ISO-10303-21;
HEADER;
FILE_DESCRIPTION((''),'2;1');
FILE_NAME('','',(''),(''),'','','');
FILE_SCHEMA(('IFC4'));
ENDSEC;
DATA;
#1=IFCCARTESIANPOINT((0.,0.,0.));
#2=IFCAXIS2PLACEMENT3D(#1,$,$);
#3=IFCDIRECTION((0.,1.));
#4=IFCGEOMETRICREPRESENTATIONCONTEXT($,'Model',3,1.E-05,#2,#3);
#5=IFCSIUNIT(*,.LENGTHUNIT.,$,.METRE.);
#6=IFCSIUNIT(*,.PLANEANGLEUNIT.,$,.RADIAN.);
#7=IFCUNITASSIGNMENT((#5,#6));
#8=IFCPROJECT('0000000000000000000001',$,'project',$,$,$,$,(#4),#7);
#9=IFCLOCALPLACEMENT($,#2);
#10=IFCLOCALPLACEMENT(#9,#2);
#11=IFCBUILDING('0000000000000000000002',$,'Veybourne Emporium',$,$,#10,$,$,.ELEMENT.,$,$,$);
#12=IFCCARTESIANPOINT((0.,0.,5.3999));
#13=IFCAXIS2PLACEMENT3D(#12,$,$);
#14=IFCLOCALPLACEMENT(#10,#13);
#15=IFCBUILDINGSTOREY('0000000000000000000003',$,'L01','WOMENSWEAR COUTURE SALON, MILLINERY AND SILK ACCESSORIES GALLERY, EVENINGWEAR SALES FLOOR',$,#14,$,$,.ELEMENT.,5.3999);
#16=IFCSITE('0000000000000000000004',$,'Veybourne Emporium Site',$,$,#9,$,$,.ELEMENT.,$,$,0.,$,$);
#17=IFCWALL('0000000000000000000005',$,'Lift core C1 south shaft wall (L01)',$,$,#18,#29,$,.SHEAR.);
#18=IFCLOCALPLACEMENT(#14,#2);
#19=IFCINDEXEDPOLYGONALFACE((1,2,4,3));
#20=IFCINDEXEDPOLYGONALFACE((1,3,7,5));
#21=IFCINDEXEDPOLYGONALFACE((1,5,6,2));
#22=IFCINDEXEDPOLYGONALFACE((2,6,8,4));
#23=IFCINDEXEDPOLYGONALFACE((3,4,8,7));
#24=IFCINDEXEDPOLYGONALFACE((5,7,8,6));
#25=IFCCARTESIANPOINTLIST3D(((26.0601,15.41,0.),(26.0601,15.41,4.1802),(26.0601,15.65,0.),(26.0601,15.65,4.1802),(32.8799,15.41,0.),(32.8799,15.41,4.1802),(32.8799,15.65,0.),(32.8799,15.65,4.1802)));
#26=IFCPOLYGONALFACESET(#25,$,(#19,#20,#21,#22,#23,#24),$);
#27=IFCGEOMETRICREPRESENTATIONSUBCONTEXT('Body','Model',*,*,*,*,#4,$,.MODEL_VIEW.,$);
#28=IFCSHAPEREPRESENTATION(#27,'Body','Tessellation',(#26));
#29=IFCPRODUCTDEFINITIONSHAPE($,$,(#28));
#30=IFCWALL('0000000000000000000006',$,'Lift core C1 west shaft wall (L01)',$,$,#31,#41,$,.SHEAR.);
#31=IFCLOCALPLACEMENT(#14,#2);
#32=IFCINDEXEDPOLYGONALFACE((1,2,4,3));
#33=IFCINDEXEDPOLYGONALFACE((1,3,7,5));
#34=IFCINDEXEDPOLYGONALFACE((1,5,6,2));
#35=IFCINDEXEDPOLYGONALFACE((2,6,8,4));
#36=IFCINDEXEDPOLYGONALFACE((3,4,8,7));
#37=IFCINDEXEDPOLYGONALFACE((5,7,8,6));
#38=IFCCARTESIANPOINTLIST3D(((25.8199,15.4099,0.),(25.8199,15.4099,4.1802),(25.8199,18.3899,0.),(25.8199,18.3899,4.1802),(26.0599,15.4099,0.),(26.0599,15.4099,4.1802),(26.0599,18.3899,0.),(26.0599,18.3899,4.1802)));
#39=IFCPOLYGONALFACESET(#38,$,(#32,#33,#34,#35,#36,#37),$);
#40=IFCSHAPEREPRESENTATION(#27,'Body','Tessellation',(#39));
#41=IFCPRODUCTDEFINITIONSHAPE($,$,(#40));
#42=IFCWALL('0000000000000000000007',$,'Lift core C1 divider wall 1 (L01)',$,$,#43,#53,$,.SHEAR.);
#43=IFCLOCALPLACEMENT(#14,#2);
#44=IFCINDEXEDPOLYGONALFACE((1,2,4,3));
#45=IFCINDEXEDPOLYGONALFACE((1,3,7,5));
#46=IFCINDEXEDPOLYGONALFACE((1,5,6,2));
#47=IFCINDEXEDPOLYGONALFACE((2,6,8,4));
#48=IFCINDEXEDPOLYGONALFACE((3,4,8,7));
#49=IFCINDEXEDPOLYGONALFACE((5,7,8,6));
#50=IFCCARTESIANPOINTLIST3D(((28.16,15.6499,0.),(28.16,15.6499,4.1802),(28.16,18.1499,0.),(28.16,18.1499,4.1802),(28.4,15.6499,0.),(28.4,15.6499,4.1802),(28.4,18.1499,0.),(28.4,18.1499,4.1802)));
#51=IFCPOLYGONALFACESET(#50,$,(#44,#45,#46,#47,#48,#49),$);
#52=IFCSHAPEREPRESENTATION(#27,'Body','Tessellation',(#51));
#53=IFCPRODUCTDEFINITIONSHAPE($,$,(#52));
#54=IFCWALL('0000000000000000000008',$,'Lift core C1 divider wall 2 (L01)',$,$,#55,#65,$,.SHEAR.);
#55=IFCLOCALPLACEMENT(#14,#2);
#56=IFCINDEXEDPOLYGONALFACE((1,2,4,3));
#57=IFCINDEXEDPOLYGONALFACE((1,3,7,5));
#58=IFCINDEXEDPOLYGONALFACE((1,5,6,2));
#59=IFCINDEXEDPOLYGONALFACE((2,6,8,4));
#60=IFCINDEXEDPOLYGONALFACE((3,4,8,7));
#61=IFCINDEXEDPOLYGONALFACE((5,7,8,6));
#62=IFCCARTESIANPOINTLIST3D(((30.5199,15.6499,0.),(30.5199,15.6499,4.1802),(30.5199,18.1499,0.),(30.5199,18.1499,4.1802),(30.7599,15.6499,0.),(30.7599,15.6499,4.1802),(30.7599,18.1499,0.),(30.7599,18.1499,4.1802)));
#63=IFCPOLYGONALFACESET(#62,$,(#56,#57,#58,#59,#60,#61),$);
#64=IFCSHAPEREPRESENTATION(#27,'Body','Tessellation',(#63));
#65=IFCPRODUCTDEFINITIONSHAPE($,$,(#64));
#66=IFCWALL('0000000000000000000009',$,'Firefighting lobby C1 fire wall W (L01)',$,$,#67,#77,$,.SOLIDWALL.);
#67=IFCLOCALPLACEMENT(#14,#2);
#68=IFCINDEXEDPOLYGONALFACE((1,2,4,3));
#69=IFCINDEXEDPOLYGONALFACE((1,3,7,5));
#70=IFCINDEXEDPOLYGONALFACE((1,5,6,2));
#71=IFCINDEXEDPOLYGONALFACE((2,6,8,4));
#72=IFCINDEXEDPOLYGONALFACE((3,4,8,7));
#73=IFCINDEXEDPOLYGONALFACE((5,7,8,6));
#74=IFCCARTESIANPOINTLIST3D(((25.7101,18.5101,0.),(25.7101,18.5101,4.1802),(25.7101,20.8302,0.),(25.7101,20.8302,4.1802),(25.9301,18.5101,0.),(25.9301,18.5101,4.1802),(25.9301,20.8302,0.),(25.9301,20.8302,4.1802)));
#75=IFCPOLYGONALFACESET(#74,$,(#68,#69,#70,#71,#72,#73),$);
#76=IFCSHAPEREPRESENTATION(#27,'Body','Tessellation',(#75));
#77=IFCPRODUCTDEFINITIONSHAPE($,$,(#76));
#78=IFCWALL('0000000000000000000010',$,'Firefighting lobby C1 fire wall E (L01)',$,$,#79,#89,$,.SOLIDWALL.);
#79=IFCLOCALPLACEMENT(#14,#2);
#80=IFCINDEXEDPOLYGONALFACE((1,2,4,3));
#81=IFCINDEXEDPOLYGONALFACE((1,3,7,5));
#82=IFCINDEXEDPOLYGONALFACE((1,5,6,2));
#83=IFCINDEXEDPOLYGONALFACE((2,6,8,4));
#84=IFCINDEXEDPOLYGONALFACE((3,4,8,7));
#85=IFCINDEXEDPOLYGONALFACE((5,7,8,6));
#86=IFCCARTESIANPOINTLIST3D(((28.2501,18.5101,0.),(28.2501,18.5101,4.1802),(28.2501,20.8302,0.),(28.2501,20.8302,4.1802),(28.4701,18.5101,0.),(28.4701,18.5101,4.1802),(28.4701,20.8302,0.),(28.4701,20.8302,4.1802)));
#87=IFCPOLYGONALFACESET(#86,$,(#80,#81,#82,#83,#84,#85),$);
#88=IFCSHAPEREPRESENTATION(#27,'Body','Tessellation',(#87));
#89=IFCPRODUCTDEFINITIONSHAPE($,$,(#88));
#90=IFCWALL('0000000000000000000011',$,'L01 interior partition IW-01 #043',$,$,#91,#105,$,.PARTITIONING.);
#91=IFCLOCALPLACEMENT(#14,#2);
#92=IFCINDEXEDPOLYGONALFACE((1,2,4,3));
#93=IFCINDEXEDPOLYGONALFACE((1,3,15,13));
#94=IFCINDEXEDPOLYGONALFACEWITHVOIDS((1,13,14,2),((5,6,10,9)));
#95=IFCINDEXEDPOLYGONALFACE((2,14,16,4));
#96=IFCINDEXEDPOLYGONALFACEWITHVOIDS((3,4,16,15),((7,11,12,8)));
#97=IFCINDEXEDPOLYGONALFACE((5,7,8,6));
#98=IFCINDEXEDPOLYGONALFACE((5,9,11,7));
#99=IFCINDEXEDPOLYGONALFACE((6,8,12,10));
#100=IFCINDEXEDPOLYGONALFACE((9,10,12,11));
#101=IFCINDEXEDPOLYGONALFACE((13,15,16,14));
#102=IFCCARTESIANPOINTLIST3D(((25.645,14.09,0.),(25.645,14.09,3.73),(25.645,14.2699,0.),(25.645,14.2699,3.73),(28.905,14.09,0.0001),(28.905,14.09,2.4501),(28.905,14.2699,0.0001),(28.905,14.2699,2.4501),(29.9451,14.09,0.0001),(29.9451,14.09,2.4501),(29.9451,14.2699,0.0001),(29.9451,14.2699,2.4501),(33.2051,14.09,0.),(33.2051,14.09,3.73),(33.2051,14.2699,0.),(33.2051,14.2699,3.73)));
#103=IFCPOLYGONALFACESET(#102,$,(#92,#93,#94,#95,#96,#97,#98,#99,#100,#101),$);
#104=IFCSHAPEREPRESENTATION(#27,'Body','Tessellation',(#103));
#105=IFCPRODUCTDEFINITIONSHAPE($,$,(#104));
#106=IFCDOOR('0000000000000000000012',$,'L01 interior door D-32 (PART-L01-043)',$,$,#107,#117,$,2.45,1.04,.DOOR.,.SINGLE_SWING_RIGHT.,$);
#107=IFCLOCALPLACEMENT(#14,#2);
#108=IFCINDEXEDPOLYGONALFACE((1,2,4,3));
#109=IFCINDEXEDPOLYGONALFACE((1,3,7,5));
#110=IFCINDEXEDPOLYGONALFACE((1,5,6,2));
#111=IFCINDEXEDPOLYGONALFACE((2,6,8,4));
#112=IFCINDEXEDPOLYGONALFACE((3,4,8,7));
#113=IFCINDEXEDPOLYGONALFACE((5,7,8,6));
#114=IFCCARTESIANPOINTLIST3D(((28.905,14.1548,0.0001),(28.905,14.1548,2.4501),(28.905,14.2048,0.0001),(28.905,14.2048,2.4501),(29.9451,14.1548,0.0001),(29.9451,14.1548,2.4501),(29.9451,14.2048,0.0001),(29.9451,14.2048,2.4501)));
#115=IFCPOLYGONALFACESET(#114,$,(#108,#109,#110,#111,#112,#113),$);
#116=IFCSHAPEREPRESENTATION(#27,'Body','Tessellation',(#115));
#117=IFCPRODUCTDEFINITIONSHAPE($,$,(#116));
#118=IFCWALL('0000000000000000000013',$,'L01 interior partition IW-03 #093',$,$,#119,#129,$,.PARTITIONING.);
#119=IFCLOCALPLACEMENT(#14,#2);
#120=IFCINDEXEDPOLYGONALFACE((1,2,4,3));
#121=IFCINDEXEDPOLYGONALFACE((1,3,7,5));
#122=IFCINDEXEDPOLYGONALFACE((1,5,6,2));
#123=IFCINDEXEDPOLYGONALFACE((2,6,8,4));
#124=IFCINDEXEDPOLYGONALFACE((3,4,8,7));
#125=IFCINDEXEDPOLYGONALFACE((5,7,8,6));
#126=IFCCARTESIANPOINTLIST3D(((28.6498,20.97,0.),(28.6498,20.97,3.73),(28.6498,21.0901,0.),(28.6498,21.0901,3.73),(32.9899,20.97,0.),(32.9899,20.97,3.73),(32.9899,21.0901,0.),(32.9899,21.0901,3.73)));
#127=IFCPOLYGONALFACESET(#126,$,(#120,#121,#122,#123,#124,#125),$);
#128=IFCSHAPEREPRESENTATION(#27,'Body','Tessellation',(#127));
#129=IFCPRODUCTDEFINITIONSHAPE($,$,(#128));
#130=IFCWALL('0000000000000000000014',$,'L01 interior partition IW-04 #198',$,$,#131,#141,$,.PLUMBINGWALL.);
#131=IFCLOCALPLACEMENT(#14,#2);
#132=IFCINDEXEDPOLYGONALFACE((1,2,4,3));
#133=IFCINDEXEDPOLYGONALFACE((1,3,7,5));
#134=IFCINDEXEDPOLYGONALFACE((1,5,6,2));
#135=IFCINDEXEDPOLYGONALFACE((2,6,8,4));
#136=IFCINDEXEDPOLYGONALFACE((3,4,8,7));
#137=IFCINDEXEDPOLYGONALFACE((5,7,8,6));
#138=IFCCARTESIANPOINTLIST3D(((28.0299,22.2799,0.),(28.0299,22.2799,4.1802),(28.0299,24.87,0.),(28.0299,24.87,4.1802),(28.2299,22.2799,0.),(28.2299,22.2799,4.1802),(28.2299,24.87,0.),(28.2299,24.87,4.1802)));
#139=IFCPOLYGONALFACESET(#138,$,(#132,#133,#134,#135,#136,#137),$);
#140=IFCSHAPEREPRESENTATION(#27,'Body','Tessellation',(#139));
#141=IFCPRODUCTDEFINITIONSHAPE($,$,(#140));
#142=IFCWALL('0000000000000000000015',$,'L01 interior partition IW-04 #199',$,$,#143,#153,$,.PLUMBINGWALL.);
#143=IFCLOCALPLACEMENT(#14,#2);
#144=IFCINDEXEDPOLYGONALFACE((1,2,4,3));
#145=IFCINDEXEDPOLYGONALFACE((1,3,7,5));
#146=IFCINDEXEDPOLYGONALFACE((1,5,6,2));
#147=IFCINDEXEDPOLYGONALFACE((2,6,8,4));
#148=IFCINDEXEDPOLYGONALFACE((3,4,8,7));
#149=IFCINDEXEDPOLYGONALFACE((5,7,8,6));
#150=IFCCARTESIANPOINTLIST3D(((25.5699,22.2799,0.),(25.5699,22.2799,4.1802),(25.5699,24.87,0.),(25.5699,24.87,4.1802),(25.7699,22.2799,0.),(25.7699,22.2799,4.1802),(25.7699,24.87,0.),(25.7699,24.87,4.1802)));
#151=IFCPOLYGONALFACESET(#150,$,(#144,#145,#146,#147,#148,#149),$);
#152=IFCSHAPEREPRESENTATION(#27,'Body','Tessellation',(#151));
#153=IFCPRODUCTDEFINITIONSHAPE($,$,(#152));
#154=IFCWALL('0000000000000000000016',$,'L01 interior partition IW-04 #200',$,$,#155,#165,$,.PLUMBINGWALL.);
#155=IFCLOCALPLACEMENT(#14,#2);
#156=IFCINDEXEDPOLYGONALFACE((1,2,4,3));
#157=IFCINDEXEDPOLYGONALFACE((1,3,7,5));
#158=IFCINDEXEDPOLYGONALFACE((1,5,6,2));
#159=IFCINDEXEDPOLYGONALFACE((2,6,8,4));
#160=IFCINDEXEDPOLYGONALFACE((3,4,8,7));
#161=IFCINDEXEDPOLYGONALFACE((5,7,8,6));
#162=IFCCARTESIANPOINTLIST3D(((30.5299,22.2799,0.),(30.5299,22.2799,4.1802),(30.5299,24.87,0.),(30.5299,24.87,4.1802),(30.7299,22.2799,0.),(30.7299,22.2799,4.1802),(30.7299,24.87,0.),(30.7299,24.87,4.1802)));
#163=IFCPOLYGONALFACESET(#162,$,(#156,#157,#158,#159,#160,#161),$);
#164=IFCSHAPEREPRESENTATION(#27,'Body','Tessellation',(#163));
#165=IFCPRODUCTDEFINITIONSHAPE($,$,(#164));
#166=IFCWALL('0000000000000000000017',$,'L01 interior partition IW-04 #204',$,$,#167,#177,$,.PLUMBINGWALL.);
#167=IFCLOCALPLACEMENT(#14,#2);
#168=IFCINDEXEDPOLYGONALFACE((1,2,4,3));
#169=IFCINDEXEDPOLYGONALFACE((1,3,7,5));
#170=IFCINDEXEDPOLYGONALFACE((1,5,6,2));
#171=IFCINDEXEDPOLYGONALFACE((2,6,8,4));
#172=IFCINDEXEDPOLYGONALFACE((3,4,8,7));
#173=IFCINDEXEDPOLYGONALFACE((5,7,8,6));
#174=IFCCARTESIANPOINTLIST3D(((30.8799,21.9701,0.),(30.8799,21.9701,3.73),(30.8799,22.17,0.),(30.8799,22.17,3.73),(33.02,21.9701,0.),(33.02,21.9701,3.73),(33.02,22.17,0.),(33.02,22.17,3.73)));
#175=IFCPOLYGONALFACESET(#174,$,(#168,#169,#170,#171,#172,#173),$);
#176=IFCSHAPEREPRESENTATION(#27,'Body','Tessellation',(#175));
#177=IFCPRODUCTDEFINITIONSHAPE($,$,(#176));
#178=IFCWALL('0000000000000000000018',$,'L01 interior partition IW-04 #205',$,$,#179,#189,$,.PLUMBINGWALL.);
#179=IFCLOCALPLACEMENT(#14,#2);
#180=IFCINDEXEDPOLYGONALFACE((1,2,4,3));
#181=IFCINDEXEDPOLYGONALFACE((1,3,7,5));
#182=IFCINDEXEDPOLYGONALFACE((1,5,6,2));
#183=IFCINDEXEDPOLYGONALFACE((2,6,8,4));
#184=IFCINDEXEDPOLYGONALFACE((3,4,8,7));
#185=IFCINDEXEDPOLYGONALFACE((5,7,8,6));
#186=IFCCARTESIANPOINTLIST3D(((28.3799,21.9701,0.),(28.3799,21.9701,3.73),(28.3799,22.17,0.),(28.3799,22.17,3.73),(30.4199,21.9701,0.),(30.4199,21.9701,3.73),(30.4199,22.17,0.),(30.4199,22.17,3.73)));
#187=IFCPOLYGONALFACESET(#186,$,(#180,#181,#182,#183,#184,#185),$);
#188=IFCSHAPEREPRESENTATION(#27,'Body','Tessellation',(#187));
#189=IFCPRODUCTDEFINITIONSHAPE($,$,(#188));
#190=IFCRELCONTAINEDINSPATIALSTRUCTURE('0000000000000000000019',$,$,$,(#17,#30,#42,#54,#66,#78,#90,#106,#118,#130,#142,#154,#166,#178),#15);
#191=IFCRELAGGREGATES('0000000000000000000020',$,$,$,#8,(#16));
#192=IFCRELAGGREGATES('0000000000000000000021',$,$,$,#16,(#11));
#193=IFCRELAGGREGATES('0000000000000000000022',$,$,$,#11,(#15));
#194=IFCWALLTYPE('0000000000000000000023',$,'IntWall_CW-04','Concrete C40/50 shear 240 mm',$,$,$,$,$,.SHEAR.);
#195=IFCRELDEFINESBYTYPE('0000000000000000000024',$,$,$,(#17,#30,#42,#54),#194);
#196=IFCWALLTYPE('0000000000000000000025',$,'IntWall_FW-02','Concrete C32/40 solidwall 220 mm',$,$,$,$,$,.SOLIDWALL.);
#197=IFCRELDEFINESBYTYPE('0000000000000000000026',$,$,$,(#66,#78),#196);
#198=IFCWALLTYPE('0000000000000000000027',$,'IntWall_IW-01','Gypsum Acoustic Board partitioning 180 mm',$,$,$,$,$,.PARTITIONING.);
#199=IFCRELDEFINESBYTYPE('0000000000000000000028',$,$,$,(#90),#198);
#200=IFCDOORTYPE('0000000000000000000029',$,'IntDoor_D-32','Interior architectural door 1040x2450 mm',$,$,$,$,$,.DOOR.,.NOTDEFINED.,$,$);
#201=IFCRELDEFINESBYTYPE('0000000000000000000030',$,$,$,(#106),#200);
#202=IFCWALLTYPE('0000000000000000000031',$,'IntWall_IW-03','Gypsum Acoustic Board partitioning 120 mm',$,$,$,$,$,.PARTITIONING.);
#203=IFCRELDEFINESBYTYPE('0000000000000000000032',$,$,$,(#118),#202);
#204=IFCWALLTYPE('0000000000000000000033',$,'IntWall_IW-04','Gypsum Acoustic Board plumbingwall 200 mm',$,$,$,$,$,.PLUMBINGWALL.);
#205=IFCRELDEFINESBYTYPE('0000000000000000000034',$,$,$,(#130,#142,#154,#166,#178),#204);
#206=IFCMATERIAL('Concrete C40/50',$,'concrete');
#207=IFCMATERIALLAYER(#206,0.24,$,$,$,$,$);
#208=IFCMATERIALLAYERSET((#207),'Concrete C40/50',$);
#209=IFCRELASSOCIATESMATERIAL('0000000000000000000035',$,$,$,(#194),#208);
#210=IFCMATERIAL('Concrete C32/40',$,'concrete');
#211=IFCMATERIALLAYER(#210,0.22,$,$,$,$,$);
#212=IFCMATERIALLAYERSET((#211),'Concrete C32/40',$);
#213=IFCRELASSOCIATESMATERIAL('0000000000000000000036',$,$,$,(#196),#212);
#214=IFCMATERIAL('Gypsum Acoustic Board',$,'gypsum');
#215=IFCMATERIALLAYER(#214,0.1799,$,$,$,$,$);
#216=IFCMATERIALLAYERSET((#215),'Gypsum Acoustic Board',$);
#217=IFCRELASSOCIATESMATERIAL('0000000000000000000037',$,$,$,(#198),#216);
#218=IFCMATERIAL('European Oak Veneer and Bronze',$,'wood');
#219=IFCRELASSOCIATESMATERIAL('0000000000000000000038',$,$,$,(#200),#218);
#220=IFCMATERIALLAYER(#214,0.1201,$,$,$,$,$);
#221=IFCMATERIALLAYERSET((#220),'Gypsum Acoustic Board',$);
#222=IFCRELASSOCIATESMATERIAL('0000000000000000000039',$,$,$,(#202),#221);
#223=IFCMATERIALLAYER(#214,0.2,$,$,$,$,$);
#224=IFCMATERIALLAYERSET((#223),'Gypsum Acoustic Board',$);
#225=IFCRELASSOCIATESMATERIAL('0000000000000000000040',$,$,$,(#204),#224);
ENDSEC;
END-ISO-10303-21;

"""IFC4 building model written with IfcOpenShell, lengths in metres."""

from ifc_helpers import new_model, si_unit, direction, frame, frame_2d, origin, place, context, subcontext, project, spatial, rectangle, extrude, material, layer, layer_set, type_object, element, fill, save


model = new_model("IFC4")

# Units and contexts
model_context = context("Model", 3, precision=1e-05, world=origin(), true_north=direction((0.0, 1.0)))
body_context = subcontext(model_context, "Body", "Model", "MODEL_VIEW")
ifc_project = project(units=[si_unit("LENGTHUNIT", "METRE"), si_unit("PLANEANGLEUNIT", "RADIAN")], contexts=[model_context])

# Site, building, storey
site_placement = place(None, origin())
site = spatial("IfcSite", under=ifc_project, at=site_placement, Name="Veybourne Emporium Site", CompositionType="ELEMENT", RefElevation=0.0)
building_placement = place(site_placement, origin())
building = spatial("IfcBuilding", under=site, at=building_placement, Name="Veybourne Emporium", CompositionType="ELEMENT")
storey_placement = place(building_placement, frame((0.0, 0.0, 5.3999)))
storey = spatial("IfcBuildingStorey", under=building, at=storey_placement, Name="L01", Description="WOMENSWEAR COUTURE SALON, MILLINERY AND SILK ACCESSORIES GALLERY, EVENINGWEAR SALES FLOOR", CompositionType="ELEMENT", Elevation=5.3999)

# Shared definitions
ifc_material_1 = material(Name="Concrete C40/50", Category="concrete")

# Shared definitions
ifc_material_2 = material(Name="Concrete C32/40", Category="concrete")

# Shared definitions
ifc_layer_1 = layer(ifc_material_1, 0.24)
ifc_layer_set_1 = layer_set([ifc_layer_1], Name="Concrete C40/50")
wall_type_1 = type_object("IfcWallType", Name="IntWall_CW-04", Description="Concrete C40/50 shear 240 mm", PredefinedType="SHEAR", material=ifc_layer_set_1)

# Walls
wall_1_placement = place(storey_placement, frame((26.0601, 15.53, 0.0), z_axis=(0.0, 0.0, 1.0), x_axis=(1.0, 0.0, 0.0)))
element("IfcWall", 1, at=wall_1_placement, inside=storey, type_object=wall_type_1, Name="Lift core C1 south shaft wall (L01)", PredefinedType="SHEAR", context=body_context, shape_type="SweptSolid", body=[
    extrude(rectangle(XDim=6.8198, YDim=0.24, at=frame_2d((3.4099, 0.0))), origin(), (0.0, 0.0, 1.0), 4.1802),
])
wall_2_placement = place(storey_placement, frame((25.9399, 18.3899, 0.0), z_axis=(0.0, 0.0, 1.0), x_axis=(0.0, -1.0, 0.0)))
element("IfcWall", 2, at=wall_2_placement, inside=storey, type_object=wall_type_1, Name="Lift core C1 west shaft wall (L01)", PredefinedType="SHEAR", context=body_context, shape_type="SweptSolid", body=[
    extrude(rectangle(XDim=2.98, YDim=0.24, at=frame_2d((1.49, 0.0))), origin(), (0.0, 0.0, 1.0), 4.1802),
])
for number, where, z_axis, x_axis, name in (
    (3, (28.28, 15.6499, 0.0), (0.0, 0.0, 1.0), (0.0, 1.0, 0.0), "Lift core C1 divider wall 1 (L01)"),
    (4, (30.6399, 15.6499, 0.0), (0.0, 0.0, 1.0), (0.0, 1.0, 0.0), "Lift core C1 divider wall 2 (L01)"),
):
    element("IfcWall", number, at=place(storey_placement, frame(where, z_axis=z_axis, x_axis=x_axis)), inside=storey, type_object=wall_type_1, Name=name, PredefinedType="SHEAR", context=body_context, shape_type="SweptSolid", body=[
        extrude(rectangle(XDim=2.5, YDim=0.24, at=frame_2d((1.25, 0.0))), origin(), (0.0, 0.0, 1.0), 4.1802),
    ])

# Shared definitions
ifc_layer_2 = layer(ifc_material_2, 0.22)
ifc_layer_set_2 = layer_set([ifc_layer_2], Name="Concrete C32/40")
wall_type_2 = type_object("IfcWallType", Name="IntWall_FW-02", Description="Concrete C32/40 solidwall 220 mm", PredefinedType="SOLIDWALL", material=ifc_layer_set_2)

# Walls
for number, where, z_axis, x_axis, name in (
    (5, (25.8201, 18.51, 0.0), (0.0, 0.0, 1.0), (0.0, 1.0, 0.0), "Firefighting lobby C1 fire wall W (L01)"),
    (6, (28.3601, 18.51, 0.0), (0.0, 0.0, 1.0), (0.0, 1.0, 0.0), "Firefighting lobby C1 fire wall E (L01)"),
):
    element("IfcWall", number, at=place(storey_placement, frame(where, z_axis=z_axis, x_axis=x_axis)), inside=storey, type_object=wall_type_2, Name=name, PredefinedType="SOLIDWALL", context=body_context, shape_type="SweptSolid", body=[
        extrude(rectangle(XDim=2.3201, YDim=0.22, at=frame_2d((1.1602, 0.0))), origin(), (0.0, 0.0, 1.0), 4.1802),
    ])

# Wall, opening, door
ifc_material_3 = material(Name="Gypsum Acoustic Board", Category="gypsum")
ifc_layer_3 = layer(ifc_material_3, 0.1799)
ifc_layer_set_3 = layer_set([ifc_layer_3], Name="Gypsum Acoustic Board")
wall_type_3 = type_object("IfcWallType", Name="IntWall_IW-01", Description="Gypsum Acoustic Board partitioning 180 mm", PredefinedType="PARTITIONING", material=ifc_layer_set_3)
wall_3_placement = place(storey_placement, frame((25.645, 14.1799, 0.0), z_axis=(0.0, 0.0, 1.0), x_axis=(1.0, 0.0, 0.0)))
wall_3 = element("IfcWall", 7, at=wall_3_placement, inside=storey, type_object=wall_type_3, Name="L01 interior partition IW-01 #043", PredefinedType="PARTITIONING", context=body_context, shape_type="SweptSolid", body=[
    extrude(rectangle(XDim=7.5601, YDim=0.1799, at=frame_2d((3.78, 0.0))), origin(), (0.0, 0.0, 1.0), 3.73),
])
opening_1_placement = place(wall_3_placement, frame((3.26, 0.0, 0.0)))
opening_1 = element("IfcOpeningElement", 8, at=opening_1_placement, cuts=wall_3, PredefinedType="OPENING", context=body_context, shape_type="SweptSolid", body=[
    extrude(rectangle(XDim=1.04, YDim=2.45, at=frame_2d((0.52, 1.2251))), frame((0.0, 0.1099, 0.0), z_axis=(0.0, -1.0, 0.0), x_axis=(1.0, 0.0, 0.0)), (0.0, 0.0, 1.0), 0.22),
])
ifc_material_4 = material(Name="European Oak Veneer and Bronze", Category="wood")
door_type_1 = type_object("IfcDoorType", Name="IntDoor_D-32", Description="Interior architectural door 1040x2450 mm", OperationType="NOTDEFINED", PredefinedType="DOOR", material=ifc_material_4)
door_1_placement = place(opening_1_placement, origin())
door_1 = element("IfcDoor", 9, at=door_1_placement, inside=storey, type_object=door_type_1, Name="L01 interior door D-32 (PART-L01-043)", OperationType="SINGLE_SWING_RIGHT", OverallHeight=2.45, OverallWidth=1.04, PredefinedType="DOOR", context=body_context, shape_type="SweptSolid", body=[
    extrude(rectangle(XDim=1.04, YDim=2.45, at=frame_2d((0.52, 1.2251))), frame((0.0, 0.0249, 0.0), z_axis=(0.0, -1.0, 0.0), x_axis=(1.0, 0.0, 0.0)), (0.0, 0.0, 1.0), 0.05),
])
fill(opening_1, door_1)

# Walls
ifc_layer_4 = layer(ifc_material_3, 0.1201)
ifc_layer_set_4 = layer_set([ifc_layer_4], Name="Gypsum Acoustic Board")
wall_type_4 = type_object("IfcWallType", Name="IntWall_IW-03", Description="Gypsum Acoustic Board partitioning 120 mm", PredefinedType="PARTITIONING", material=ifc_layer_set_4)
wall_4_placement = place(storey_placement, frame((28.6499, 21.03, 0.0), z_axis=(0.0, 0.0, 1.0), x_axis=(1.0, 0.0, 0.0)))
element("IfcWall", 10, at=wall_4_placement, inside=storey, type_object=wall_type_4, Name="L01 interior partition IW-03 #093", PredefinedType="PARTITIONING", context=body_context, shape_type="SweptSolid", body=[
    extrude(rectangle(XDim=4.3401, YDim=0.1201, at=frame_2d((2.1699, 0.0))), origin(), (0.0, 0.0, 1.0), 3.73),
])
ifc_layer_5 = layer(ifc_material_3, 0.2)
ifc_layer_set_5 = layer_set([ifc_layer_5], Name="Gypsum Acoustic Board")
wall_type_5 = type_object("IfcWallType", Name="IntWall_IW-04", Description="Gypsum Acoustic Board plumbingwall 200 mm", PredefinedType="PLUMBINGWALL", material=ifc_layer_set_5)
for number, where, z_axis, x_axis, name in (
    (11, (28.1299, 22.28, 0.0), (0.0, 0.0, 1.0), (0.0, 1.0, 0.0), "L01 interior partition IW-04 #198"),
    (12, (25.6699, 22.28, 0.0), (0.0, 0.0, 1.0), (0.0, 1.0, 0.0), "L01 interior partition IW-04 #199"),
    (13, (30.6299, 22.28, 0.0), (0.0, 0.0, 1.0), (0.0, 1.0, 0.0), "L01 interior partition IW-04 #200"),
):
    element("IfcWall", number, at=place(storey_placement, frame(where, z_axis=z_axis, x_axis=x_axis)), inside=storey, type_object=wall_type_5, Name=name, PredefinedType="PLUMBINGWALL", context=body_context, shape_type="SweptSolid", body=[
        extrude(rectangle(XDim=2.5901, YDim=0.2, at=frame_2d((1.2949, 0.0))), origin(), (0.0, 0.0, 1.0), 4.1802),
    ])
wall_5_placement = place(storey_placement, frame((30.8799, 22.0701, 0.0), z_axis=(0.0, 0.0, 1.0), x_axis=(1.0, 0.0, 0.0)))
element("IfcWall", 14, at=wall_5_placement, inside=storey, type_object=wall_type_5, Name="L01 interior partition IW-04 #204", PredefinedType="PLUMBINGWALL", context=body_context, shape_type="SweptSolid", body=[
    extrude(rectangle(XDim=2.1401, YDim=0.2, at=frame_2d((1.0701, 0.0))), origin(), (0.0, 0.0, 1.0), 3.73),
])
wall_6_placement = place(storey_placement, frame((28.3799, 22.0701, 0.0), z_axis=(0.0, 0.0, 1.0), x_axis=(1.0, 0.0, 0.0)))
element("IfcWall", 15, at=wall_6_placement, inside=storey, type_object=wall_type_5, Name="L01 interior partition IW-04 #205", PredefinedType="PLUMBINGWALL", context=body_context, shape_type="SweptSolid", body=[
    extrude(rectangle(XDim=2.04, YDim=0.2, at=frame_2d((1.02, 0.0))), origin(), (0.0, 0.0, 1.0), 3.73),
])

save(model, "model.ifc")
